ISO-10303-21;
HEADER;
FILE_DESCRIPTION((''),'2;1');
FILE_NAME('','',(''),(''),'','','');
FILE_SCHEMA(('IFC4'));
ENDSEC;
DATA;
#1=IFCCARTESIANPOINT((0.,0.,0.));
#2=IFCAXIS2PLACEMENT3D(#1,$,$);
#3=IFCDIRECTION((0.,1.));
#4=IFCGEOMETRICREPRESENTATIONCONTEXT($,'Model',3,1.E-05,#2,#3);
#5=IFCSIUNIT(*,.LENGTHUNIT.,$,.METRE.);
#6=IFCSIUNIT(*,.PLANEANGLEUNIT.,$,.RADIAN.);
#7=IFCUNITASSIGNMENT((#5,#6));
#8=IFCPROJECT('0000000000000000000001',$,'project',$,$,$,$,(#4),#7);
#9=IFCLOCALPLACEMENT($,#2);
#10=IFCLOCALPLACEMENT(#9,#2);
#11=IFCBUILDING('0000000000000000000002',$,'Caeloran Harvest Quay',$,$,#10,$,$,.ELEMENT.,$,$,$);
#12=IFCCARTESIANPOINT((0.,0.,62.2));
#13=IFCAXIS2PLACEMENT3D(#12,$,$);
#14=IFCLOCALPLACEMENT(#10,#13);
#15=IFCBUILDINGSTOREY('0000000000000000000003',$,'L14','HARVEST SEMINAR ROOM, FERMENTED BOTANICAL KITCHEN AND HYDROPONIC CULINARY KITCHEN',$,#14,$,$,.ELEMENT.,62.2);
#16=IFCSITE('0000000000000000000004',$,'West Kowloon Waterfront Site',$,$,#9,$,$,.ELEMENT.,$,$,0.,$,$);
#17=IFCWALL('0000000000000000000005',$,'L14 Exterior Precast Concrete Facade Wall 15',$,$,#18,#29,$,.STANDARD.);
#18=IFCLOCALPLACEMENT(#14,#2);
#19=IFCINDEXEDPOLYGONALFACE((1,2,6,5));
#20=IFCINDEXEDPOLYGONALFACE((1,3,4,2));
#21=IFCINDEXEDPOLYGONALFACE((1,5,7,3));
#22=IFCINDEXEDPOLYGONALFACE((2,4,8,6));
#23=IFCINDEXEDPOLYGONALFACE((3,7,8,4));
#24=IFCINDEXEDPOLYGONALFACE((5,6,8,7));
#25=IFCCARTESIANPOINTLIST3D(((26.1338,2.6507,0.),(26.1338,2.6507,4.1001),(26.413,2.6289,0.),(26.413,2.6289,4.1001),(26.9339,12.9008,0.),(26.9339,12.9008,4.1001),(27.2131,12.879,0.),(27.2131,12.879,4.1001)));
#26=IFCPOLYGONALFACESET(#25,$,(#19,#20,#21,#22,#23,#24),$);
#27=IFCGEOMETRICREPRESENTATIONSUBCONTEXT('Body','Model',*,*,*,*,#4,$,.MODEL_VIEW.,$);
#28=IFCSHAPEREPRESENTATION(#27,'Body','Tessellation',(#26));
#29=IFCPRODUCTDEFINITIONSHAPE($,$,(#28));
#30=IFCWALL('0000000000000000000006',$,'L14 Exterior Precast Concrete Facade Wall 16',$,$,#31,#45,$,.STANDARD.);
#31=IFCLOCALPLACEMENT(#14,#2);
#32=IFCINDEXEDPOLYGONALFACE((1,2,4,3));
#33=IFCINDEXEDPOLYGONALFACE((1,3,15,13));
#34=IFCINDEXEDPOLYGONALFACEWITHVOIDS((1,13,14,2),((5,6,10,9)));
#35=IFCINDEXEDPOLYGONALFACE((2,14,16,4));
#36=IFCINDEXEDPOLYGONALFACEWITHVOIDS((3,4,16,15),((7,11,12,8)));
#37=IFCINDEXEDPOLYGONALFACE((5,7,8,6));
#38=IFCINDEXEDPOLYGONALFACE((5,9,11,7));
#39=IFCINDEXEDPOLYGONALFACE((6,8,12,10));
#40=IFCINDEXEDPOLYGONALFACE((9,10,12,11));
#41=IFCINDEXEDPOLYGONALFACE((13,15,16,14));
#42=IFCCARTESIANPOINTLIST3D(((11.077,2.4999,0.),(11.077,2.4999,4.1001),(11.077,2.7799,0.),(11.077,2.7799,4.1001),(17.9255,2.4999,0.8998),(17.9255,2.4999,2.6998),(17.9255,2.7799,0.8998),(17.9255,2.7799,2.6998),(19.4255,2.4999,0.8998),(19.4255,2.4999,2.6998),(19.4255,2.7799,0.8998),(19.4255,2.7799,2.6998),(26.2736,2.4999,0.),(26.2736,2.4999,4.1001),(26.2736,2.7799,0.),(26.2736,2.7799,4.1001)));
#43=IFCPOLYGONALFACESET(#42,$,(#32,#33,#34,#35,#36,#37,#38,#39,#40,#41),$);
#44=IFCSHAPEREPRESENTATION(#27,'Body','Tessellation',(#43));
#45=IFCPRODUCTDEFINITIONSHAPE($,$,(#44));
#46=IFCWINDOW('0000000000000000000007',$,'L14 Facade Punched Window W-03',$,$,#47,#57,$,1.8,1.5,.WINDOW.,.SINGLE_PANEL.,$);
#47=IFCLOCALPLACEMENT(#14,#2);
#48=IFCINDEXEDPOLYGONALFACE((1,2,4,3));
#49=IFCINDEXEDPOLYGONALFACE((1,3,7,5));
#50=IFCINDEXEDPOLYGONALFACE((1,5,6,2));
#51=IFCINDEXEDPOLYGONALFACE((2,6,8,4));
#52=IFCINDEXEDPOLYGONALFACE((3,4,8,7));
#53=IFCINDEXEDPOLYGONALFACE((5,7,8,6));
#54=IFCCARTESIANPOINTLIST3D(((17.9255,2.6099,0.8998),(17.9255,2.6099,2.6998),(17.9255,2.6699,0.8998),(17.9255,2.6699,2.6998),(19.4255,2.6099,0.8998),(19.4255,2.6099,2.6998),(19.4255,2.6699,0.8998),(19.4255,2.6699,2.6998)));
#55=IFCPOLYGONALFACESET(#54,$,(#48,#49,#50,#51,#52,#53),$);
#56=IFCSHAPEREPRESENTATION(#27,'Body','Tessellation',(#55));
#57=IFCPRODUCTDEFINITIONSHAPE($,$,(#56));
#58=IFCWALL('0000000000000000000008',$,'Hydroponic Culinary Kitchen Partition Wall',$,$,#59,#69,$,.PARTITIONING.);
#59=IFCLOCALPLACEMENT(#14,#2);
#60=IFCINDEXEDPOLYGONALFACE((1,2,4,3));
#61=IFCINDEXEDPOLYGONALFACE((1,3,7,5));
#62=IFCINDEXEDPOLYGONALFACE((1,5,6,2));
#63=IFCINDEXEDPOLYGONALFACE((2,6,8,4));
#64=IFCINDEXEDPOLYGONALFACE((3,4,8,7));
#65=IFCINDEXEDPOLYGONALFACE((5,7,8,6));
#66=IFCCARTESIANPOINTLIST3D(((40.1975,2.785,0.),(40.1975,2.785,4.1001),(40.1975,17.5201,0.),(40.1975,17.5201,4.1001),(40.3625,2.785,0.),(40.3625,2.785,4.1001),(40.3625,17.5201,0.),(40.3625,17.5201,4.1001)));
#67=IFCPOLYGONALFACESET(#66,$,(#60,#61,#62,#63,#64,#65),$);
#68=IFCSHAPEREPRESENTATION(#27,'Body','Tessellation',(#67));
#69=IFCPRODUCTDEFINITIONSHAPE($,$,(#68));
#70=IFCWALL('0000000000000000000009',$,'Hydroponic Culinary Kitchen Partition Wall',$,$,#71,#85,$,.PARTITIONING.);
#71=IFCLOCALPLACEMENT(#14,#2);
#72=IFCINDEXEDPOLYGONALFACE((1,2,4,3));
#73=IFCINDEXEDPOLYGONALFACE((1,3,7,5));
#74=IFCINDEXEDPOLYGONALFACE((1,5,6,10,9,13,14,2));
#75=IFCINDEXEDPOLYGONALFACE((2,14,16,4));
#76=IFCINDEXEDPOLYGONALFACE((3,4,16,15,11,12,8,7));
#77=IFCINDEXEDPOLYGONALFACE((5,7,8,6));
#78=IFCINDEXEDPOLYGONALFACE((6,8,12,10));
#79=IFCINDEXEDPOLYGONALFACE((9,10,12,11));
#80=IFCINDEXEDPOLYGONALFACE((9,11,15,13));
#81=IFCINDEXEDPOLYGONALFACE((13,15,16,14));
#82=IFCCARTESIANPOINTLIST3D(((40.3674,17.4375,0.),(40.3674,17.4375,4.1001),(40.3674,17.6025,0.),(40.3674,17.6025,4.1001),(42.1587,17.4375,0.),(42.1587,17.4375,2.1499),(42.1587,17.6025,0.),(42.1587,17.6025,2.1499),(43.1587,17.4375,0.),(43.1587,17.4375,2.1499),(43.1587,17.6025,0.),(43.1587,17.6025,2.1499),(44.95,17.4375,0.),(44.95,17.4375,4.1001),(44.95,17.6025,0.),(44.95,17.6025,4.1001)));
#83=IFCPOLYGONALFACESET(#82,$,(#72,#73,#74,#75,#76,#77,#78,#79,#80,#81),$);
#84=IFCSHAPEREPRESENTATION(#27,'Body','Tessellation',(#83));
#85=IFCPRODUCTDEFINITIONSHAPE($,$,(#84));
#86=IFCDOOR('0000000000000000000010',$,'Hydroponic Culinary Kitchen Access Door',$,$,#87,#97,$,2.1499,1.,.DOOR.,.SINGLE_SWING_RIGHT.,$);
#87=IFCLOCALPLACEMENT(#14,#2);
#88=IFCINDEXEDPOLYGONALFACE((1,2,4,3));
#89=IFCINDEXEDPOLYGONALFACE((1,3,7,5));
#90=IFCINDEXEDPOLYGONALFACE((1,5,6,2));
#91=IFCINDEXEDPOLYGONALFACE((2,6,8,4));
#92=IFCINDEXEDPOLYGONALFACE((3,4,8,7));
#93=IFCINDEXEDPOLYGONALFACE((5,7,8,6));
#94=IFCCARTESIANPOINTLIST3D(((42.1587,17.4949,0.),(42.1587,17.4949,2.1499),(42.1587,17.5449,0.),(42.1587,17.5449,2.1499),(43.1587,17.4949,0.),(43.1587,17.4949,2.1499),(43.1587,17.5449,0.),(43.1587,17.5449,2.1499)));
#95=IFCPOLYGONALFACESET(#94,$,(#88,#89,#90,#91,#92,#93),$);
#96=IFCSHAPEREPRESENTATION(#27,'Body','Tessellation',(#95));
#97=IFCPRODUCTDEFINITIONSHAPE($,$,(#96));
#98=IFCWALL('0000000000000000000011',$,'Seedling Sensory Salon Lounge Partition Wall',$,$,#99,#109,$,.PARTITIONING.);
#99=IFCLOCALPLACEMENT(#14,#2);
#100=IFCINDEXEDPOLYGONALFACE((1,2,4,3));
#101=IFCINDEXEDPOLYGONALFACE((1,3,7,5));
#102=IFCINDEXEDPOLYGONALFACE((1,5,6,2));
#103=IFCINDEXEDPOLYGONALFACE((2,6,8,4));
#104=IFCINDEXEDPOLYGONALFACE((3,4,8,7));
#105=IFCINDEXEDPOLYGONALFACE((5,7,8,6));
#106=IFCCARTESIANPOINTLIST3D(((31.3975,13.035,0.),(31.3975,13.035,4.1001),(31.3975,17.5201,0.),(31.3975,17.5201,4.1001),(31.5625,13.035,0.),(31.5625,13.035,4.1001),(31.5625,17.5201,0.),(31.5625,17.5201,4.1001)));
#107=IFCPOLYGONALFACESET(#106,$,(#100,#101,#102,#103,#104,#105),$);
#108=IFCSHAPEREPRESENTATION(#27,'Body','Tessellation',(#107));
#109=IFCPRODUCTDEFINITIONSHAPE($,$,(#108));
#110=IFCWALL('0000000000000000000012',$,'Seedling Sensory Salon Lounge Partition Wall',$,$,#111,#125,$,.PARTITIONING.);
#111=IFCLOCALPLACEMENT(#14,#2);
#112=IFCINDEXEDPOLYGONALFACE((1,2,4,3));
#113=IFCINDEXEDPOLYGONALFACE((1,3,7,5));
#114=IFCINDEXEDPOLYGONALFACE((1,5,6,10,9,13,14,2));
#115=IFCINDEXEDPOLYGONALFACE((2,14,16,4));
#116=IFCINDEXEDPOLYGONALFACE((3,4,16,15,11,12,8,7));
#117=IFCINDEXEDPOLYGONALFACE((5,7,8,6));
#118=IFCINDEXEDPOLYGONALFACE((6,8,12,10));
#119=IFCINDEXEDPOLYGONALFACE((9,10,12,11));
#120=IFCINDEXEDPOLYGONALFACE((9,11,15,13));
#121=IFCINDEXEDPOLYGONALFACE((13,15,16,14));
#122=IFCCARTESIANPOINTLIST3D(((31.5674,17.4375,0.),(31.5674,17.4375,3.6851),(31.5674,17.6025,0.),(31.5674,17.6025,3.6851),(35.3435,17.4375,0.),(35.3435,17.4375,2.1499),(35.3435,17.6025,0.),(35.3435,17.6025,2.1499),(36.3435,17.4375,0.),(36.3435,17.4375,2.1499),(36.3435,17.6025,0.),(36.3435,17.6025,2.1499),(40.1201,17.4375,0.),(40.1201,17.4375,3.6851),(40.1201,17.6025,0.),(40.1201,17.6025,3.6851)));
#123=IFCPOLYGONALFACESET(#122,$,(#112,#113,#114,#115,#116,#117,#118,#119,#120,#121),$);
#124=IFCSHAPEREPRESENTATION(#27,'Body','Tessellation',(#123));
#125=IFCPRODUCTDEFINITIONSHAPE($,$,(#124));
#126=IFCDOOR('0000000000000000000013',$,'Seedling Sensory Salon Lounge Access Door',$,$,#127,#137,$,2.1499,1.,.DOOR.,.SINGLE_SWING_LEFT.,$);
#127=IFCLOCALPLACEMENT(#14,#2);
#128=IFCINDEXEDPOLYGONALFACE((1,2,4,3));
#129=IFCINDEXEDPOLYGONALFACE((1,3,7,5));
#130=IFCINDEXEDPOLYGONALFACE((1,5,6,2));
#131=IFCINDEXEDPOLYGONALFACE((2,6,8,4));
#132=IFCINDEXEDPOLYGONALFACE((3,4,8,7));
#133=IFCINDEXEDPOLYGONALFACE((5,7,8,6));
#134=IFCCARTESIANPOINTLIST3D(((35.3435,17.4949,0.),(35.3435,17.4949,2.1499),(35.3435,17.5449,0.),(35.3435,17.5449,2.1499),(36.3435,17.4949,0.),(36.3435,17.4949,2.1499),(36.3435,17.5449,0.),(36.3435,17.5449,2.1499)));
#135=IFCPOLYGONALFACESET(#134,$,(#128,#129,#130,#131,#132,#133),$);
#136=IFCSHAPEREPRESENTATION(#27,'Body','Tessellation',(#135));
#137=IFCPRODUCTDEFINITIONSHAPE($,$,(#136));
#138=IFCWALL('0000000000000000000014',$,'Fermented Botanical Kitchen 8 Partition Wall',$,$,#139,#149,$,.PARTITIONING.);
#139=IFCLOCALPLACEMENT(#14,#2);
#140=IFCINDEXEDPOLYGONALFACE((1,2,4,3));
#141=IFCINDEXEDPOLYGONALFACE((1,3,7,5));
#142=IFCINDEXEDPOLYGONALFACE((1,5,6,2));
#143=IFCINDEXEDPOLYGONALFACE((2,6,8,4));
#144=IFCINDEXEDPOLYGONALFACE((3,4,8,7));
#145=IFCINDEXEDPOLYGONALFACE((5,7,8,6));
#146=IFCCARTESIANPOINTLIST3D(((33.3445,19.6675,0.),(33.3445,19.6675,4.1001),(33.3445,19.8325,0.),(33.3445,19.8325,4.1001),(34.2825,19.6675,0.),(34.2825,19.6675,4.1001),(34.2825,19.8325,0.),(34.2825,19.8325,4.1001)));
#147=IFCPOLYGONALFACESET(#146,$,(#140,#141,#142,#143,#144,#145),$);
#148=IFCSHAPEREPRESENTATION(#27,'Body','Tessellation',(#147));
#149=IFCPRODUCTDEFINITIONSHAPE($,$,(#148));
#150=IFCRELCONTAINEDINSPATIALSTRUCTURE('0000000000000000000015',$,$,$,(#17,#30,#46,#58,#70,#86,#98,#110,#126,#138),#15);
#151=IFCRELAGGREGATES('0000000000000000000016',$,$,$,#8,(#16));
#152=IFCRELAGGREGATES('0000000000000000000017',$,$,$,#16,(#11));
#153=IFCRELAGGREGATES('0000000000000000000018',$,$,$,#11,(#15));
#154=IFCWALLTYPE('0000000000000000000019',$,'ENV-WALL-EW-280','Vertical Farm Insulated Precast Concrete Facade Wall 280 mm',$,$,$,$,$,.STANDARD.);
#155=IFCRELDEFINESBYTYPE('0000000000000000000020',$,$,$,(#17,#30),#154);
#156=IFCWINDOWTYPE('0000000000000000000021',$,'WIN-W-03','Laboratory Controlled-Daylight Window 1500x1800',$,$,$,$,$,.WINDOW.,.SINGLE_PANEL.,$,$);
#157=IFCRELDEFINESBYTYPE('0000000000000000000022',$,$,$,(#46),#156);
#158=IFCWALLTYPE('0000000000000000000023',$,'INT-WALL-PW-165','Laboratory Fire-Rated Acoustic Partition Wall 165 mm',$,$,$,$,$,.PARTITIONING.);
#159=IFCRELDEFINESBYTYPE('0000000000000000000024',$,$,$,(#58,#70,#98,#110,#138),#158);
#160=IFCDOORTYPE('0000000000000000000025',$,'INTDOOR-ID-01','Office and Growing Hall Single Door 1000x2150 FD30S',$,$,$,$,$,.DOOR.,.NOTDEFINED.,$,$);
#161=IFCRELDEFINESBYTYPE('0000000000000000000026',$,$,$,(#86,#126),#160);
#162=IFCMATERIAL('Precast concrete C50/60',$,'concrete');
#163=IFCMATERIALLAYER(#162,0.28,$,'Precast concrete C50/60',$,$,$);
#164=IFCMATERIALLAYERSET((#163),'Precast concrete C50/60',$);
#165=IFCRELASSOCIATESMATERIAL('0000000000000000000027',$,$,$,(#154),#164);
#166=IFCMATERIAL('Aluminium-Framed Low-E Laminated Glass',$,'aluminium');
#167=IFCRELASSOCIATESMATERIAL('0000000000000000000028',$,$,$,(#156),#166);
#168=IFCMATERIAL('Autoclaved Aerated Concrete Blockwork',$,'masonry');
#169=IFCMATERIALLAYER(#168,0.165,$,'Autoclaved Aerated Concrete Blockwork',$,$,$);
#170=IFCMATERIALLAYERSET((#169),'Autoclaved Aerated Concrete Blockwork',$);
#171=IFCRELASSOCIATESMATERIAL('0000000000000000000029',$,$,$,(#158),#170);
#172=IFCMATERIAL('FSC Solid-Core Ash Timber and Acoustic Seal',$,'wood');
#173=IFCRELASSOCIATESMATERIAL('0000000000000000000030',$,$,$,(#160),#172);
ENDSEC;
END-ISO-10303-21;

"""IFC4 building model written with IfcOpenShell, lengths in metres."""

from ifc_helpers import new_model, si_unit, direction, frame, frame_2d, origin, place, context, subcontext, project, spatial, rectangle, extrude, material, layer, layer_set, type_object, element, fill, save


model = new_model("IFC4")

# Units and contexts
model_context = context("Model", 3, precision=1e-05, world=origin(), true_north=direction((0.0, 1.0)))
body_context = subcontext(model_context, "Body", "Model", "MODEL_VIEW")
ifc_project = project(units=[si_unit("LENGTHUNIT", "METRE"), si_unit("PLANEANGLEUNIT", "RADIAN")], contexts=[model_context])

# Site, building, storey
site_placement = place(None, origin())
site = spatial("IfcSite", under=ifc_project, at=site_placement, Name="West Kowloon Waterfront Site", CompositionType="ELEMENT", RefElevation=0.0)
building_placement = place(site_placement, origin())
building = spatial("IfcBuilding", under=site, at=building_placement, Name="Caeloran Harvest Quay", CompositionType="ELEMENT")
storey_placement = place(building_placement, frame((0.0, 0.0, 62.2)))
storey = spatial("IfcBuildingStorey", under=building, at=storey_placement, Name="L14", Description="HARVEST SEMINAR ROOM, FERMENTED BOTANICAL KITCHEN AND HYDROPONIC CULINARY KITCHEN", CompositionType="ELEMENT", Elevation=62.2)

# Shared definitions
ifc_material_1 = material(Name="Precast concrete C50/60", Category="concrete")

# Shared definitions
ifc_layer_1 = layer(ifc_material_1, 0.28, Name="Precast concrete C50/60")
ifc_layer_set_1 = layer_set([ifc_layer_1], Name="Precast concrete C50/60")
wall_type_1 = type_object("IfcWallType", Name="ENV-WALL-EW-280", Description="Vertical Farm Insulated Precast Concrete Facade Wall 280 mm", PredefinedType="STANDARD", material=ifc_layer_set_1)
ifc_material_2 = material(Name="Aluminium-Framed Low-E Laminated Glass", Category="aluminium")
window_type = type_object("IfcWindowType", Name="WIN-W-03", Description="Laboratory Controlled-Daylight Window 1500x1800", PartitioningType="SINGLE_PANEL", PredefinedType="WINDOW", material=ifc_material_2)

# Wall
wall_1_placement = place(storey_placement, frame((27.0735, 12.8899, 0.0), z_axis=(0.0, 0.0, 1.0), x_axis=(-0.077817, -0.996968, 0.0)))
element("IfcWall", 1, at=wall_1_placement, inside=storey, type_object=wall_type_1, Name="L14 Exterior Precast Concrete Facade Wall 15", PredefinedType="STANDARD", context=body_context, shape_type="SweptSolid", body=[
    extrude(rectangle(XDim=10.2812, YDim=0.28, at=frame_2d((5.1406, 0.0))), origin(), (0.0, 0.0, 1.0), 4.1001),
])

# Wall, opening, window
wall_2_placement = place(storey_placement, frame((26.2734, 2.6399, 0.0), z_axis=(0.0, 0.0, 1.0), x_axis=(-1.0, 0.0, 0.0)))
wall_2 = element("IfcWall", 2, at=wall_2_placement, inside=storey, type_object=wall_type_1, Name="L14 Exterior Precast Concrete Facade Wall 16", PredefinedType="STANDARD", context=body_context, shape_type="SweptSolid", body=[
    extrude(rectangle(XDim=15.1965, YDim=0.28, at=frame_2d((7.5981, 0.0))), origin(), (0.0, 0.0, 1.0), 4.1001),
])
opening_1_placement = place(wall_2_placement, frame((6.8479, 0.0, 0.8999)))
opening_1 = element("IfcOpeningElement", 3, at=opening_1_placement, cuts=wall_2, PredefinedType="OPENING", context=body_context, shape_type="SweptSolid", body=[
    extrude(rectangle(XDim=1.5, YDim=1.8, at=frame_2d((0.75, 0.8999))), frame((0.0, 0.1499, 0.0), z_axis=(0.0, -1.0, 0.0), x_axis=(1.0, 0.0, 0.0)), (0.0, 0.0, 1.0), 0.3),
])
window_1_placement = place(opening_1_placement, origin())
window_1 = element("IfcWindow", 4, at=window_1_placement, inside=storey, type_object=window_type, Name="L14 Facade Punched Window W-03", OverallHeight=1.8, OverallWidth=1.5, PartitioningType="SINGLE_PANEL", PredefinedType="WINDOW", context=body_context, shape_type="SweptSolid", body=[
    extrude(rectangle(XDim=1.5, YDim=1.8, at=frame_2d((0.75, 0.8999))), frame((0.0, 0.03, 0.0), z_axis=(0.0, -1.0, 0.0), x_axis=(1.0, 0.0, 0.0)), (0.0, 0.0, 1.0), 0.0601),
])
fill(opening_1, window_1)

# Wall
ifc_material_3 = material(Name="Autoclaved Aerated Concrete Blockwork", Category="masonry")
ifc_layer_2 = layer(ifc_material_3, 0.165, Name="Autoclaved Aerated Concrete Blockwork")
ifc_layer_set_2 = layer_set([ifc_layer_2], Name="Autoclaved Aerated Concrete Blockwork")
wall_type_2 = type_object("IfcWallType", Name="INT-WALL-PW-165", Description="Laboratory Fire-Rated Acoustic Partition Wall 165 mm", PredefinedType="PARTITIONING", material=ifc_layer_set_2)
wall_3_placement = place(storey_placement, frame((40.28, 2.7849, 0.0), z_axis=(0.0, 0.0, 1.0), x_axis=(0.0, 1.0, 0.0)))
element("IfcWall", 5, at=wall_3_placement, inside=storey, type_object=wall_type_2, Name="Hydroponic Culinary Kitchen Partition Wall", PredefinedType="PARTITIONING", context=body_context, shape_type="SweptSolid", body=[
    extrude(rectangle(XDim=14.7351, YDim=0.165, at=frame_2d((7.3677, 0.0))), origin(), (0.0, 0.0, 1.0), 4.1001),
])

# Wall, opening, door
wall_4_placement = place(storey_placement, frame((40.3674, 17.52, 0.0), z_axis=(0.0, 0.0, 1.0), x_axis=(1.0, 0.0, 0.0)))
wall_4 = element("IfcWall", 6, at=wall_4_placement, inside=storey, type_object=wall_type_2, Name="Hydroponic Culinary Kitchen Partition Wall", PredefinedType="PARTITIONING", context=body_context, shape_type="SweptSolid", body=[
    extrude(rectangle(XDim=4.5825, YDim=0.165, at=frame_2d((2.2913, 0.0))), origin(), (0.0, 0.0, 1.0), 4.1001),
])
opening_2_placement = place(wall_4_placement, frame((1.7913, 0.0, 0.0)))
opening_2 = element("IfcOpeningElement", 7, at=opening_2_placement, cuts=wall_4, PredefinedType="OPENING", context=body_context, shape_type="SweptSolid", body=[
    extrude(rectangle(XDim=1.0, YDim=2.1499, at=frame_2d((0.5, 1.075))), frame((0.0, 0.0925, 0.0), z_axis=(0.0, -1.0, 0.0), x_axis=(1.0, 0.0, 0.0)), (0.0, 0.0, 1.0), 0.1851),
])
ifc_material_4 = material(Name="FSC Solid-Core Ash Timber and Acoustic Seal", Category="wood")
door_type_1 = type_object("IfcDoorType", Name="INTDOOR-ID-01", Description="Office and Growing Hall Single Door 1000x2150 FD30S", OperationType="NOTDEFINED", PredefinedType="DOOR", material=ifc_material_4)
door_1_placement = place(opening_2_placement, origin())
door_1 = element("IfcDoor", 8, at=door_1_placement, inside=storey, type_object=door_type_1, Name="Hydroponic Culinary Kitchen Access Door", OperationType="SINGLE_SWING_RIGHT", OverallHeight=2.1499, OverallWidth=1.0, PredefinedType="DOOR", context=body_context, shape_type="SweptSolid", body=[
    extrude(rectangle(XDim=1.0, YDim=2.1499, at=frame_2d((0.5, 1.075))), frame((0.0, 0.0249, 0.0), z_axis=(0.0, -1.0, 0.0), x_axis=(1.0, 0.0, 0.0)), (0.0, 0.0, 1.0), 0.05),
])
fill(opening_2, door_1)

# Wall
wall_5_placement = place(storey_placement, frame((31.48, 13.0349, 0.0), z_axis=(0.0, 0.0, 1.0), x_axis=(0.0, 1.0, 0.0)))
element("IfcWall", 9, at=wall_5_placement, inside=storey, type_object=wall_type_2, Name="Seedling Sensory Salon Lounge Partition Wall", PredefinedType="PARTITIONING", context=body_context, shape_type="SweptSolid", body=[
    extrude(rectangle(XDim=4.4851, YDim=0.165, at=frame_2d((2.2427, 0.0))), origin(), (0.0, 0.0, 1.0), 4.1001),
])

# Wall, opening, door
wall_6_placement = place(storey_placement, frame((31.5674, 17.52, 0.0), z_axis=(0.0, 0.0, 1.0), x_axis=(1.0, 0.0, 0.0)))
wall_6 = element("IfcWall", 10, at=wall_6_placement, inside=storey, type_object=wall_type_2, Name="Seedling Sensory Salon Lounge Partition Wall", PredefinedType="PARTITIONING", context=body_context, shape_type="SweptSolid", body=[
    extrude(rectangle(XDim=8.5527, YDim=0.165, at=frame_2d((4.2764, 0.0))), origin(), (0.0, 0.0, 1.0), 3.6851),
])
opening_3_placement = place(wall_6_placement, frame((3.7761, 0.0, 0.0)))
opening_3 = element("IfcOpeningElement", 11, at=opening_3_placement, cuts=wall_6, PredefinedType="OPENING", context=body_context, shape_type="SweptSolid", body=[
    extrude(rectangle(XDim=1.0, YDim=2.1499, at=frame_2d((0.5, 1.075))), frame((0.0, 0.0925, 0.0), z_axis=(0.0, -1.0, 0.0), x_axis=(1.0, 0.0, 0.0)), (0.0, 0.0, 1.0), 0.1851),
])
door_2_placement = place(opening_3_placement, origin())
door_2 = element("IfcDoor", 12, at=door_2_placement, inside=storey, type_object=door_type_1, Name="Seedling Sensory Salon Lounge Access Door", OperationType="SINGLE_SWING_LEFT", OverallHeight=2.1499, OverallWidth=1.0, PredefinedType="DOOR", context=body_context, shape_type="SweptSolid", body=[
    extrude(rectangle(XDim=1.0, YDim=2.1499, at=frame_2d((0.5, 1.075))), frame((0.0, 0.0249, 0.0), z_axis=(0.0, -1.0, 0.0), x_axis=(1.0, 0.0, 0.0)), (0.0, 0.0, 1.0), 0.05),
])
fill(opening_3, door_2)

# Wall
wall_7_placement = place(storey_placement, frame((34.2825, 19.75, 0.0), z_axis=(0.0, 0.0, 1.0), x_axis=(-1.0, 0.0, 0.0)))
element("IfcWall", 13, at=wall_7_placement, inside=storey, type_object=wall_type_2, Name="Fermented Botanical Kitchen 8 Partition Wall", PredefinedType="PARTITIONING", context=body_context, shape_type="SweptSolid", body=[
    extrude(rectangle(XDim=0.938, YDim=0.165, at=frame_2d((0.469, 0.0))), origin(), (0.0, 0.0, 1.0), 4.1001),
])

save(model, "model.ifc")
